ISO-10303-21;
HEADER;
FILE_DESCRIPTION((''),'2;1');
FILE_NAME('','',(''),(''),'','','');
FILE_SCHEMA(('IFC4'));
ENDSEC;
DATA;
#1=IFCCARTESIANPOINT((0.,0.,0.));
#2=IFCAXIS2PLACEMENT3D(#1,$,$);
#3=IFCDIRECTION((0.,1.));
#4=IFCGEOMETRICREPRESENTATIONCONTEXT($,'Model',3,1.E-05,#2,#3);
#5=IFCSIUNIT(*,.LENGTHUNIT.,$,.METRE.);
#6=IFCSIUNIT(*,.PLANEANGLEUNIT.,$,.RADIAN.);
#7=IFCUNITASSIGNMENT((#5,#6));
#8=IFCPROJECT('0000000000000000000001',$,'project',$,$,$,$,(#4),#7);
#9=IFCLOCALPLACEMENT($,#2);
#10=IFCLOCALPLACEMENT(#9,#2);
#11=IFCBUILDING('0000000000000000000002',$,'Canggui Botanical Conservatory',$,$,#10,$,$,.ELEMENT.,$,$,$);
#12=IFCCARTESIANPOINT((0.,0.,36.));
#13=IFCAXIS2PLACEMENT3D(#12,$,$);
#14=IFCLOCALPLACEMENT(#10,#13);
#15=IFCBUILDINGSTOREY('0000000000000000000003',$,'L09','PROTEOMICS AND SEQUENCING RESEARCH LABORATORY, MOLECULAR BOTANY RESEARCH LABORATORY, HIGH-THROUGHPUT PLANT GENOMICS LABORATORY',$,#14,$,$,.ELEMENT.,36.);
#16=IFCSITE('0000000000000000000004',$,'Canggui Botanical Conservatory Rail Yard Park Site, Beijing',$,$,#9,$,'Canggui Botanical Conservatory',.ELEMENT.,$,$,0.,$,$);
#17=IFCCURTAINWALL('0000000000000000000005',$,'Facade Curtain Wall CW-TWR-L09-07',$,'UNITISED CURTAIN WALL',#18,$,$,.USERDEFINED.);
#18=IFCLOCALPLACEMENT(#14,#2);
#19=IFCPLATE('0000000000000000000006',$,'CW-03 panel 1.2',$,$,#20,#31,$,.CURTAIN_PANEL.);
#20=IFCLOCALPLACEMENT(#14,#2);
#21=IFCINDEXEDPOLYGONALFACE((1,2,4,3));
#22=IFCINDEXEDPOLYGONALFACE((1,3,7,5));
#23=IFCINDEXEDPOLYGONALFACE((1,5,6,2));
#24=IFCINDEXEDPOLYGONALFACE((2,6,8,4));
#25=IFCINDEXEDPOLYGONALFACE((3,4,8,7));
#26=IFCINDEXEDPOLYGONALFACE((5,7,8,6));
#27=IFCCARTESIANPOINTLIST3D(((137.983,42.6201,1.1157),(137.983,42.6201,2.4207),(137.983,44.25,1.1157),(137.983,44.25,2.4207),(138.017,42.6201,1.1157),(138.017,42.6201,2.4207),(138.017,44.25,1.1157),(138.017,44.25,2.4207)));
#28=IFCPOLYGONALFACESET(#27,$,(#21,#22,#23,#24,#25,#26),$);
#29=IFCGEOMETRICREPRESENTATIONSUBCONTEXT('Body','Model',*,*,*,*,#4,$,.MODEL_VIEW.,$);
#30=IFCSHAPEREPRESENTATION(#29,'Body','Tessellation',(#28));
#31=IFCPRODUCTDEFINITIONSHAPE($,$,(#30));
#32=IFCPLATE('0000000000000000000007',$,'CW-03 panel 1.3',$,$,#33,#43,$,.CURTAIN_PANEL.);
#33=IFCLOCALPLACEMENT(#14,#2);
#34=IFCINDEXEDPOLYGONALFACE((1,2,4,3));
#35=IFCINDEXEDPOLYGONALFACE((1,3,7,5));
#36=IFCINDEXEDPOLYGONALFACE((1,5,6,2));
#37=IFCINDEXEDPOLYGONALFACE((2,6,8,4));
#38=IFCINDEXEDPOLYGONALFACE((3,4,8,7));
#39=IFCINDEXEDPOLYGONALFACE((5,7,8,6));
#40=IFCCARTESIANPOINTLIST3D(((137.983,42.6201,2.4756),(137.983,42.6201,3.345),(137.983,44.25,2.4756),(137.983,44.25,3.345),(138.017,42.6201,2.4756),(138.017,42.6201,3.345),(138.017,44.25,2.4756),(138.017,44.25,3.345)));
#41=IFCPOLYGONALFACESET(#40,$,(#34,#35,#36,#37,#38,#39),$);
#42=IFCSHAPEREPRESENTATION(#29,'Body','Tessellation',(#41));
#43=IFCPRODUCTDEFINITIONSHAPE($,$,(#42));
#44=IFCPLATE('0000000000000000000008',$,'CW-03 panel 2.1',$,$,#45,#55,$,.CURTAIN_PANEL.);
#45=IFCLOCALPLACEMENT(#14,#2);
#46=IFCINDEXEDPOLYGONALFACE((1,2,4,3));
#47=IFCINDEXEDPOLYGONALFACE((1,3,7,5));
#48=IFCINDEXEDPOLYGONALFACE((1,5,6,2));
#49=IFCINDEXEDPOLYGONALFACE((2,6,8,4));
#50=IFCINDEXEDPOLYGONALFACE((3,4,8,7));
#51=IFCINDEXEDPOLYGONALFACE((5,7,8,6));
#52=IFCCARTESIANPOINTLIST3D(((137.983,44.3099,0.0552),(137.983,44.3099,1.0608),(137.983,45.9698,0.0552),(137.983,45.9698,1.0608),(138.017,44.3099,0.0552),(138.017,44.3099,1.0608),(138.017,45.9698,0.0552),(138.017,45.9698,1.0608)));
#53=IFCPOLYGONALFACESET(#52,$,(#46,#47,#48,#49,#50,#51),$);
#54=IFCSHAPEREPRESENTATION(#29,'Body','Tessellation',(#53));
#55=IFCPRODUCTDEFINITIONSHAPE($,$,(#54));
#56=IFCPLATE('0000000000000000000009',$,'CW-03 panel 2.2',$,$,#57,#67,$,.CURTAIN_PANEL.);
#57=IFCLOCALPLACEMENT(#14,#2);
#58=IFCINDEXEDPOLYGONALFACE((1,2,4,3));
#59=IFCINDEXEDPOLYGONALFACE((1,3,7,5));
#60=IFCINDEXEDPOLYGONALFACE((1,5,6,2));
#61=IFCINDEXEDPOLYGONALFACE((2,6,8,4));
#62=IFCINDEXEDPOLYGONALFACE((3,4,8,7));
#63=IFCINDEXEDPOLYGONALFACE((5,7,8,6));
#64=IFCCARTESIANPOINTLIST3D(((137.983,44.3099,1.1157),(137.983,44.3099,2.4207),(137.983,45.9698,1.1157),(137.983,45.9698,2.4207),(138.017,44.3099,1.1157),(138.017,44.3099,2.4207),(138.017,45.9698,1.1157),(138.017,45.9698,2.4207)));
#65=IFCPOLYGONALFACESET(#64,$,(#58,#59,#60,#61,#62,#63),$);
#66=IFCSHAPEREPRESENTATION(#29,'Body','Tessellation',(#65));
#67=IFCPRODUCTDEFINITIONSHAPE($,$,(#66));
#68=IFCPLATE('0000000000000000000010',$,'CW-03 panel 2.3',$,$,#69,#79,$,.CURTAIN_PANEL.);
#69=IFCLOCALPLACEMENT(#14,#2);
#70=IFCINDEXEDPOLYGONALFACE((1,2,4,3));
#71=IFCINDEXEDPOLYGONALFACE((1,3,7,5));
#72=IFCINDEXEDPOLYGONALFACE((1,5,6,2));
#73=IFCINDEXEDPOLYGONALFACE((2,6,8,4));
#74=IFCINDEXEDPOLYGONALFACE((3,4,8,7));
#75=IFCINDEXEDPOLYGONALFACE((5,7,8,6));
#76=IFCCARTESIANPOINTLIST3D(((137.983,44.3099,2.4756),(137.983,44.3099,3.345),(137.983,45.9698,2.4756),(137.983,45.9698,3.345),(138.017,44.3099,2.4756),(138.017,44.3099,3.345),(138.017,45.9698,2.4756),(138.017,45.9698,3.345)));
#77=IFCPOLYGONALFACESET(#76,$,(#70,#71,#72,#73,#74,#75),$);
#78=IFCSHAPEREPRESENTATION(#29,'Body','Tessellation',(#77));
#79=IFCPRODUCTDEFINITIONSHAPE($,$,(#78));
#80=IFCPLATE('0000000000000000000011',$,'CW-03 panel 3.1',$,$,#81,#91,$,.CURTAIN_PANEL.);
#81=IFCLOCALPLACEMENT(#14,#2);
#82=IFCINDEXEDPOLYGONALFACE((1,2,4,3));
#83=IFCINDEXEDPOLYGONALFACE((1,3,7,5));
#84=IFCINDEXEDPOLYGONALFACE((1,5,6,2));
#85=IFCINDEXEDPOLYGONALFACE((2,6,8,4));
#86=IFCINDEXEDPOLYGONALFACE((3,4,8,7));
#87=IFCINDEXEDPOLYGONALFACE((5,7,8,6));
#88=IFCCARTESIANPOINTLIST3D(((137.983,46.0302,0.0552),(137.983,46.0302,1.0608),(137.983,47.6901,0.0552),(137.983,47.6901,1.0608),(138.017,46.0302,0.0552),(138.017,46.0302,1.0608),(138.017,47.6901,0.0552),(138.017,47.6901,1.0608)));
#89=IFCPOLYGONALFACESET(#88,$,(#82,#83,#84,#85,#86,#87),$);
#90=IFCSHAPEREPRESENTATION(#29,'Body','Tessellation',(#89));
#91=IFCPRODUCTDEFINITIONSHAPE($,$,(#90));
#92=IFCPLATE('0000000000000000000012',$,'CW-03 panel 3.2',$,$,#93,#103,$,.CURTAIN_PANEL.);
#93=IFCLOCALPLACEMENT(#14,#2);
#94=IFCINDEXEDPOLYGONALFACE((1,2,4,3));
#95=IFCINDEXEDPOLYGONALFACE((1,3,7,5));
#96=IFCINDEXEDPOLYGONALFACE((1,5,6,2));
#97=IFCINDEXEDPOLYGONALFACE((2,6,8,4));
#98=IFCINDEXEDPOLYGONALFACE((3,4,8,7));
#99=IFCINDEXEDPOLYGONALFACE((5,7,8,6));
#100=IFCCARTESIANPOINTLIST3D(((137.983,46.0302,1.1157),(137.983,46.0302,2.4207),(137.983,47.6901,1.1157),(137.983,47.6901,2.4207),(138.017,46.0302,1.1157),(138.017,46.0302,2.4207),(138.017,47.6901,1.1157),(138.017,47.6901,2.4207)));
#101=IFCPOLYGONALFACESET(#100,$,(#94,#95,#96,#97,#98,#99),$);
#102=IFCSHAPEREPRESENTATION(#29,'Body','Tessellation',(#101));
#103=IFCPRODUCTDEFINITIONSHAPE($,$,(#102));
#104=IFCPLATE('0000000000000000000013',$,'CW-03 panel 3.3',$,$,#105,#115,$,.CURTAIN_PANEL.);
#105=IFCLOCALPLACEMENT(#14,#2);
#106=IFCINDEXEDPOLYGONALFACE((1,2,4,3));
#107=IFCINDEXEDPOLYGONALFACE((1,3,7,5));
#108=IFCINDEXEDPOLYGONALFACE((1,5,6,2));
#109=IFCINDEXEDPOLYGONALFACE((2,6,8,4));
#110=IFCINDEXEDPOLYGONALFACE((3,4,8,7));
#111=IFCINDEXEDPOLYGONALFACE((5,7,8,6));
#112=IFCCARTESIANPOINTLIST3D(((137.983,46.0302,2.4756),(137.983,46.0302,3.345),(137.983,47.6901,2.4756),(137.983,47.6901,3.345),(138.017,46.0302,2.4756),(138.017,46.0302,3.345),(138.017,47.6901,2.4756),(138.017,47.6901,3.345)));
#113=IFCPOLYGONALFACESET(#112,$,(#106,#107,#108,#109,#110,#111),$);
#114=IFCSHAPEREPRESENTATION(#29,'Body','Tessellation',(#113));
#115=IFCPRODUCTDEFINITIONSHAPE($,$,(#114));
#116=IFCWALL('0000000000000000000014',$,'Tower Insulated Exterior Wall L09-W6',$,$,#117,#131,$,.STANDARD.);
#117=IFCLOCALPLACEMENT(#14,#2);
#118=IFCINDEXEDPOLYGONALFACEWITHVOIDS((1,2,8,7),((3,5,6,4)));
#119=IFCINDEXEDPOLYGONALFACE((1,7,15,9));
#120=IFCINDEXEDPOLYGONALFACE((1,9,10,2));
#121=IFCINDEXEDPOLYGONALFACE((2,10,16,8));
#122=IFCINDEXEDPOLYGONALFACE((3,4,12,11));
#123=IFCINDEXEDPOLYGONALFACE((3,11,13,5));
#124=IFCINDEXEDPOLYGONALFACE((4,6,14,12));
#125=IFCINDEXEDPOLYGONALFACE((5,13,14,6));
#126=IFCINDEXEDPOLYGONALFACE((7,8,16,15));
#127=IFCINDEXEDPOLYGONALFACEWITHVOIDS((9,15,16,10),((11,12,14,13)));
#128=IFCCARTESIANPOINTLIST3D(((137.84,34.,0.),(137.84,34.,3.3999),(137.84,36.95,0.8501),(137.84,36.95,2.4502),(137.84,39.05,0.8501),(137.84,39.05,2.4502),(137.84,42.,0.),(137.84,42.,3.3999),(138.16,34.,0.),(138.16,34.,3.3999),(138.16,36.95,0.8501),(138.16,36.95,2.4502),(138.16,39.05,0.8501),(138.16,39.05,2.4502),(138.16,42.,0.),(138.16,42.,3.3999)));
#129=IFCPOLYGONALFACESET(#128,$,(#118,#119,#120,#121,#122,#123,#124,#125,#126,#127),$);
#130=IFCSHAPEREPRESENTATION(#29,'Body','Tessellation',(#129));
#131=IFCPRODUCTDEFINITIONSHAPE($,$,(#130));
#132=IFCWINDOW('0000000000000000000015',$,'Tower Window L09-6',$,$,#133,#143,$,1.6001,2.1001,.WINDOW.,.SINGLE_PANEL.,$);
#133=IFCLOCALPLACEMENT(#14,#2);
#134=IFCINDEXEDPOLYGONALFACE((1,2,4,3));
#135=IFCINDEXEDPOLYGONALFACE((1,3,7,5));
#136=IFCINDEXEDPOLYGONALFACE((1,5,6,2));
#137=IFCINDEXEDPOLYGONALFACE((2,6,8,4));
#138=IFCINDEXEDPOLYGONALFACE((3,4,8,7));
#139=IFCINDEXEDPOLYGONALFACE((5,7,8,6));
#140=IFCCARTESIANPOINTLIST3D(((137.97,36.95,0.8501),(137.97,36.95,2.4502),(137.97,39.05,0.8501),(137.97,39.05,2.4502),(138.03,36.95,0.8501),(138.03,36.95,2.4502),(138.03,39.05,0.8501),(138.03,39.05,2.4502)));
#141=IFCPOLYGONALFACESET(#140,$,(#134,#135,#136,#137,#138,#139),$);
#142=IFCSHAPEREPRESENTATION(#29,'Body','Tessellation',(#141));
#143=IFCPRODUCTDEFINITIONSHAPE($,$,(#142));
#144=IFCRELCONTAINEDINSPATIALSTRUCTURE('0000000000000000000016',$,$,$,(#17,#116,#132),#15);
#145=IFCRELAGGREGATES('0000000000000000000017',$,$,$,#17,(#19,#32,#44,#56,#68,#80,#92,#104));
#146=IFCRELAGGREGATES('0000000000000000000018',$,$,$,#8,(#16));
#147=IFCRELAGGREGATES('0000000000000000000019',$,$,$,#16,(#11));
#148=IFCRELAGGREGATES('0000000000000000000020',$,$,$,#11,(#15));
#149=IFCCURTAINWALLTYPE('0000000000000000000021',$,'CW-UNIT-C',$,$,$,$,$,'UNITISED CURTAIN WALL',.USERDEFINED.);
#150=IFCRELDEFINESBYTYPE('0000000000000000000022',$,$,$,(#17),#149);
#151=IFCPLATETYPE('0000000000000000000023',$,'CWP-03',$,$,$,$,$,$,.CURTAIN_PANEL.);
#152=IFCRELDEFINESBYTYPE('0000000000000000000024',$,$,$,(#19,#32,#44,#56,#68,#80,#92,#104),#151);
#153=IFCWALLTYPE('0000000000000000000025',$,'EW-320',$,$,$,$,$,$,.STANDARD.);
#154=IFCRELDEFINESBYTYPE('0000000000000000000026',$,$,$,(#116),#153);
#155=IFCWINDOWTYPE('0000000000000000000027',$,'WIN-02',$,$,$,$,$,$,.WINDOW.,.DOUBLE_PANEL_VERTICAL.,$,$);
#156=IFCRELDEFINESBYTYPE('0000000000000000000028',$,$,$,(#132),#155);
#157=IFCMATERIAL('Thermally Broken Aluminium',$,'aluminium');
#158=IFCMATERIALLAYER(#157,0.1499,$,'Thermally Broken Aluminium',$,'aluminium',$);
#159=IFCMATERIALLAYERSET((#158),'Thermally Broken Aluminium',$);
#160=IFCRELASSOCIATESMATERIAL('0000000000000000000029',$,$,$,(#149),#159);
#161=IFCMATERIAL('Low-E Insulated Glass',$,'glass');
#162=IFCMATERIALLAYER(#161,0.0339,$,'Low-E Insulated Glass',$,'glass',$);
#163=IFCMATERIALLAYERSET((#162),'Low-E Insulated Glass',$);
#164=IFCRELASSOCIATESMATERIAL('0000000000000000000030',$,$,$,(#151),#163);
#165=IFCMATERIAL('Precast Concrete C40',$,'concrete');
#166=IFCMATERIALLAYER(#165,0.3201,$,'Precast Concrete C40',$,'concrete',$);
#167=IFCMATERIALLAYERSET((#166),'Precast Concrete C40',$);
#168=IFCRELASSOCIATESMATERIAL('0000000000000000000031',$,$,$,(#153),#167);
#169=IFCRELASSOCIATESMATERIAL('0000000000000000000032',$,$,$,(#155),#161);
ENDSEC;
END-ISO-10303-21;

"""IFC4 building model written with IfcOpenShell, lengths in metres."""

from ifc_helpers import new_model, si_unit, direction, frame, frame_2d, origin, origin_2d, place, context, subcontext, project, spatial, rectangle, extrude, material, layer, layer_set, type_object, element, fill, aggregate, save


model = new_model("IFC4")

# Units and contexts
model_context = context("Model", 3, precision=1e-05, world=origin(), true_north=direction((0.0, 1.0)))
body_context = subcontext(model_context, "Body", "Model", "MODEL_VIEW")
ifc_project = project(units=[si_unit("LENGTHUNIT", "METRE"), si_unit("PLANEANGLEUNIT", "RADIAN")], contexts=[model_context])

# Site, building, storey
site_placement = place(None, origin())
site = spatial("IfcSite", under=ifc_project, at=site_placement, Name="Canggui Botanical Conservatory Rail Yard Park Site, Beijing", LongName="Canggui Botanical Conservatory", CompositionType="ELEMENT", RefElevation=0.0)
building_placement = place(site_placement, origin())
building = spatial("IfcBuilding", under=site, at=building_placement, Name="Canggui Botanical Conservatory", CompositionType="ELEMENT")
storey_placement = place(building_placement, frame((0.0, 0.0, 36.0)))
storey = spatial("IfcBuildingStorey", under=building, at=storey_placement, Name="L09", Description="PROTEOMICS AND SEQUENCING RESEARCH LABORATORY, MOLECULAR BOTANY RESEARCH LABORATORY, HIGH-THROUGHPUT PLANT GENOMICS LABORATORY", CompositionType="ELEMENT", Elevation=36.0)

# Curtain wall, plates
ifc_material_1 = material(Name="Thermally Broken Aluminium", Category="aluminium")
ifc_layer_1 = layer(ifc_material_1, 0.1499, Name="Thermally Broken Aluminium", Category="aluminium")
ifc_layer_set_1 = layer_set([ifc_layer_1], Name="Thermally Broken Aluminium")
curtain_wall_type = type_object("IfcCurtainWallType", Name="CW-UNIT-C", ElementType="UNITISED CURTAIN WALL", PredefinedType="USERDEFINED", material=ifc_layer_set_1)
curtain_wall_placement = place(storey_placement, origin())
curtain_wall = element("IfcCurtainWall", 1, at=curtain_wall_placement, inside=storey, type_object=curtain_wall_type, Name="Facade Curtain Wall CW-TWR-L09-07", ObjectType="UNITISED CURTAIN WALL", PredefinedType="USERDEFINED")
ifc_material_2 = material(Name="Low-E Insulated Glass", Category="glass")
ifc_layer_2 = layer(ifc_material_2, 0.0339, Name="Low-E Insulated Glass", Category="glass")
ifc_layer_set_2 = layer_set([ifc_layer_2], Name="Low-E Insulated Glass")
plate_type = type_object("IfcPlateType", Name="CWP-03", PredefinedType="CURTAIN_PANEL", material=ifc_layer_set_2)
plate_1_placement = place(storey_placement, frame((138.0, 43.4351, 1.1157), z_axis=(0.0, 0.0, 1.0), x_axis=(0.0, 1.0, 0.0)))
plate_1 = element("IfcPlate", 2, at=plate_1_placement, type_object=plate_type, Name="CW-03 panel 1.2", PredefinedType="CURTAIN_PANEL", context=body_context, shape_type="SweptSolid", body=[
    extrude(rectangle(XDim=1.6299, YDim=0.0339, at=origin_2d()), origin(), (0.0, 0.0, 1.0), 1.3049),
])
plate_2_placement = place(storey_placement, frame((138.0, 43.4351, 2.4756), z_axis=(0.0, 0.0, 1.0), x_axis=(0.0, 1.0, 0.0)))
plate_2 = element("IfcPlate", 3, at=plate_2_placement, type_object=plate_type, Name="CW-03 panel 1.3", PredefinedType="CURTAIN_PANEL", context=body_context, shape_type="SweptSolid", body=[
    extrude(rectangle(XDim=1.6299, YDim=0.0339, at=origin_2d()), origin(), (0.0, 0.0, 1.0), 0.8694),
])
plate_3_placement = place(storey_placement, frame((138.0, 45.1399, 0.0552), z_axis=(0.0, 0.0, 1.0), x_axis=(0.0, 1.0, 0.0)))
plate_3 = element("IfcPlate", 4, at=plate_3_placement, type_object=plate_type, Name="CW-03 panel 2.1", PredefinedType="CURTAIN_PANEL", context=body_context, shape_type="SweptSolid", body=[
    extrude(rectangle(XDim=1.6599, YDim=0.0339, at=origin_2d()), origin(), (0.0, 0.0, 1.0), 1.0056),
])
plate_4_placement = place(storey_placement, frame((138.0, 45.1399, 1.1157), z_axis=(0.0, 0.0, 1.0), x_axis=(0.0, 1.0, 0.0)))
plate_4 = element("IfcPlate", 5, at=plate_4_placement, type_object=plate_type, Name="CW-03 panel 2.2", PredefinedType="CURTAIN_PANEL", context=body_context, shape_type="SweptSolid", body=[
    extrude(rectangle(XDim=1.6599, YDim=0.0339, at=origin_2d()), origin(), (0.0, 0.0, 1.0), 1.3049),
])
plate_5_placement = place(storey_placement, frame((138.0, 45.1399, 2.4756), z_axis=(0.0, 0.0, 1.0), x_axis=(0.0, 1.0, 0.0)))
plate_5 = element("IfcPlate", 6, at=plate_5_placement, type_object=plate_type, Name="CW-03 panel 2.3", PredefinedType="CURTAIN_PANEL", context=body_context, shape_type="SweptSolid", body=[
    extrude(rectangle(XDim=1.6599, YDim=0.0339, at=origin_2d()), origin(), (0.0, 0.0, 1.0), 0.8694),
])
plate_6_placement = place(storey_placement, frame((138.0, 46.8601, 0.0552), z_axis=(0.0, 0.0, 1.0), x_axis=(0.0, 1.0, 0.0)))
plate_6 = element("IfcPlate", 7, at=plate_6_placement, type_object=plate_type, Name="CW-03 panel 3.1", PredefinedType="CURTAIN_PANEL", context=body_context, shape_type="SweptSolid", body=[
    extrude(rectangle(XDim=1.6599, YDim=0.0339, at=origin_2d()), origin(), (0.0, 0.0, 1.0), 1.0056),
])
plate_7_placement = place(storey_placement, frame((138.0, 46.8601, 1.1157), z_axis=(0.0, 0.0, 1.0), x_axis=(0.0, 1.0, 0.0)))
plate_7 = element("IfcPlate", 8, at=plate_7_placement, type_object=plate_type, Name="CW-03 panel 3.2", PredefinedType="CURTAIN_PANEL", context=body_context, shape_type="SweptSolid", body=[
    extrude(rectangle(XDim=1.6599, YDim=0.0339, at=origin_2d()), origin(), (0.0, 0.0, 1.0), 1.3049),
])
plate_8_placement = place(storey_placement, frame((138.0, 46.8601, 2.4756), z_axis=(0.0, 0.0, 1.0), x_axis=(0.0, 1.0, 0.0)))
plate_8 = element("IfcPlate", 9, at=plate_8_placement, type_object=plate_type, Name="CW-03 panel 3.3", PredefinedType="CURTAIN_PANEL", context=body_context, shape_type="SweptSolid", body=[
    extrude(rectangle(XDim=1.6599, YDim=0.0339, at=origin_2d()), origin(), (0.0, 0.0, 1.0), 0.8694),
])
aggregate(curtain_wall, [plate_1, plate_2, plate_3, plate_4, plate_5, plate_6, plate_7, plate_8])

# Wall, opening, window
ifc_material_3 = material(Name="Precast Concrete C40", Category="concrete")
ifc_layer_3 = layer(ifc_material_3, 0.3201, Name="Precast Concrete C40", Category="concrete")
ifc_layer_set_3 = layer_set([ifc_layer_3], Name="Precast Concrete C40")
wall_type = type_object("IfcWallType", Name="EW-320", PredefinedType="STANDARD", material=ifc_layer_set_3)
wall_placement = place(storey_placement, frame((138.0, 34.0, 0.0), z_axis=(0.0, 0.0, 1.0), x_axis=(0.0, 1.0, 0.0)))
wall = element("IfcWall", 10, at=wall_placement, inside=storey, type_object=wall_type, Name="Tower Insulated Exterior Wall L09-W6", PredefinedType="STANDARD", context=body_context, shape_type="SweptSolid", body=[
    extrude(rectangle(XDim=8.0, YDim=0.3201, at=frame_2d((4.0, 0.0))), origin(), (0.0, 0.0, 1.0), 3.3999),
])
opening_placement = place(wall_placement, frame((2.95, 0.0, 0.8501)))
opening = element("IfcOpeningElement", 11, at=opening_placement, cuts=wall, PredefinedType="OPENING", context=body_context, shape_type="SweptSolid", body=[
    extrude(rectangle(XDim=2.1001, YDim=1.6001, at=frame_2d((1.05, 0.8))), frame((0.0, 0.1699, 0.0), z_axis=(0.0, -1.0, 0.0), x_axis=(1.0, 0.0, 0.0)), (0.0, 0.0, 1.0), 0.3401),
])
window_type = type_object("IfcWindowType", Name="WIN-02", PartitioningType="DOUBLE_PANEL_VERTICAL", PredefinedType="WINDOW", material=ifc_material_2)
window_placement = place(opening_placement, origin())
window = element("IfcWindow", 12, at=window_placement, inside=storey, type_object=window_type, Name="Tower Window L09-6", OverallHeight=1.6001, OverallWidth=2.1001, PartitioningType="SINGLE_PANEL", PredefinedType="WINDOW", context=body_context, shape_type="SweptSolid", body=[
    extrude(rectangle(XDim=2.1001, YDim=1.6001, at=frame_2d((1.05, 0.8))), frame((0.0, 0.03, 0.0), z_axis=(0.0, -1.0, 0.0), x_axis=(1.0, 0.0, 0.0)), (0.0, 0.0, 1.0), 0.0601),
])
fill(opening, window)

save(model, "model.ifc")
